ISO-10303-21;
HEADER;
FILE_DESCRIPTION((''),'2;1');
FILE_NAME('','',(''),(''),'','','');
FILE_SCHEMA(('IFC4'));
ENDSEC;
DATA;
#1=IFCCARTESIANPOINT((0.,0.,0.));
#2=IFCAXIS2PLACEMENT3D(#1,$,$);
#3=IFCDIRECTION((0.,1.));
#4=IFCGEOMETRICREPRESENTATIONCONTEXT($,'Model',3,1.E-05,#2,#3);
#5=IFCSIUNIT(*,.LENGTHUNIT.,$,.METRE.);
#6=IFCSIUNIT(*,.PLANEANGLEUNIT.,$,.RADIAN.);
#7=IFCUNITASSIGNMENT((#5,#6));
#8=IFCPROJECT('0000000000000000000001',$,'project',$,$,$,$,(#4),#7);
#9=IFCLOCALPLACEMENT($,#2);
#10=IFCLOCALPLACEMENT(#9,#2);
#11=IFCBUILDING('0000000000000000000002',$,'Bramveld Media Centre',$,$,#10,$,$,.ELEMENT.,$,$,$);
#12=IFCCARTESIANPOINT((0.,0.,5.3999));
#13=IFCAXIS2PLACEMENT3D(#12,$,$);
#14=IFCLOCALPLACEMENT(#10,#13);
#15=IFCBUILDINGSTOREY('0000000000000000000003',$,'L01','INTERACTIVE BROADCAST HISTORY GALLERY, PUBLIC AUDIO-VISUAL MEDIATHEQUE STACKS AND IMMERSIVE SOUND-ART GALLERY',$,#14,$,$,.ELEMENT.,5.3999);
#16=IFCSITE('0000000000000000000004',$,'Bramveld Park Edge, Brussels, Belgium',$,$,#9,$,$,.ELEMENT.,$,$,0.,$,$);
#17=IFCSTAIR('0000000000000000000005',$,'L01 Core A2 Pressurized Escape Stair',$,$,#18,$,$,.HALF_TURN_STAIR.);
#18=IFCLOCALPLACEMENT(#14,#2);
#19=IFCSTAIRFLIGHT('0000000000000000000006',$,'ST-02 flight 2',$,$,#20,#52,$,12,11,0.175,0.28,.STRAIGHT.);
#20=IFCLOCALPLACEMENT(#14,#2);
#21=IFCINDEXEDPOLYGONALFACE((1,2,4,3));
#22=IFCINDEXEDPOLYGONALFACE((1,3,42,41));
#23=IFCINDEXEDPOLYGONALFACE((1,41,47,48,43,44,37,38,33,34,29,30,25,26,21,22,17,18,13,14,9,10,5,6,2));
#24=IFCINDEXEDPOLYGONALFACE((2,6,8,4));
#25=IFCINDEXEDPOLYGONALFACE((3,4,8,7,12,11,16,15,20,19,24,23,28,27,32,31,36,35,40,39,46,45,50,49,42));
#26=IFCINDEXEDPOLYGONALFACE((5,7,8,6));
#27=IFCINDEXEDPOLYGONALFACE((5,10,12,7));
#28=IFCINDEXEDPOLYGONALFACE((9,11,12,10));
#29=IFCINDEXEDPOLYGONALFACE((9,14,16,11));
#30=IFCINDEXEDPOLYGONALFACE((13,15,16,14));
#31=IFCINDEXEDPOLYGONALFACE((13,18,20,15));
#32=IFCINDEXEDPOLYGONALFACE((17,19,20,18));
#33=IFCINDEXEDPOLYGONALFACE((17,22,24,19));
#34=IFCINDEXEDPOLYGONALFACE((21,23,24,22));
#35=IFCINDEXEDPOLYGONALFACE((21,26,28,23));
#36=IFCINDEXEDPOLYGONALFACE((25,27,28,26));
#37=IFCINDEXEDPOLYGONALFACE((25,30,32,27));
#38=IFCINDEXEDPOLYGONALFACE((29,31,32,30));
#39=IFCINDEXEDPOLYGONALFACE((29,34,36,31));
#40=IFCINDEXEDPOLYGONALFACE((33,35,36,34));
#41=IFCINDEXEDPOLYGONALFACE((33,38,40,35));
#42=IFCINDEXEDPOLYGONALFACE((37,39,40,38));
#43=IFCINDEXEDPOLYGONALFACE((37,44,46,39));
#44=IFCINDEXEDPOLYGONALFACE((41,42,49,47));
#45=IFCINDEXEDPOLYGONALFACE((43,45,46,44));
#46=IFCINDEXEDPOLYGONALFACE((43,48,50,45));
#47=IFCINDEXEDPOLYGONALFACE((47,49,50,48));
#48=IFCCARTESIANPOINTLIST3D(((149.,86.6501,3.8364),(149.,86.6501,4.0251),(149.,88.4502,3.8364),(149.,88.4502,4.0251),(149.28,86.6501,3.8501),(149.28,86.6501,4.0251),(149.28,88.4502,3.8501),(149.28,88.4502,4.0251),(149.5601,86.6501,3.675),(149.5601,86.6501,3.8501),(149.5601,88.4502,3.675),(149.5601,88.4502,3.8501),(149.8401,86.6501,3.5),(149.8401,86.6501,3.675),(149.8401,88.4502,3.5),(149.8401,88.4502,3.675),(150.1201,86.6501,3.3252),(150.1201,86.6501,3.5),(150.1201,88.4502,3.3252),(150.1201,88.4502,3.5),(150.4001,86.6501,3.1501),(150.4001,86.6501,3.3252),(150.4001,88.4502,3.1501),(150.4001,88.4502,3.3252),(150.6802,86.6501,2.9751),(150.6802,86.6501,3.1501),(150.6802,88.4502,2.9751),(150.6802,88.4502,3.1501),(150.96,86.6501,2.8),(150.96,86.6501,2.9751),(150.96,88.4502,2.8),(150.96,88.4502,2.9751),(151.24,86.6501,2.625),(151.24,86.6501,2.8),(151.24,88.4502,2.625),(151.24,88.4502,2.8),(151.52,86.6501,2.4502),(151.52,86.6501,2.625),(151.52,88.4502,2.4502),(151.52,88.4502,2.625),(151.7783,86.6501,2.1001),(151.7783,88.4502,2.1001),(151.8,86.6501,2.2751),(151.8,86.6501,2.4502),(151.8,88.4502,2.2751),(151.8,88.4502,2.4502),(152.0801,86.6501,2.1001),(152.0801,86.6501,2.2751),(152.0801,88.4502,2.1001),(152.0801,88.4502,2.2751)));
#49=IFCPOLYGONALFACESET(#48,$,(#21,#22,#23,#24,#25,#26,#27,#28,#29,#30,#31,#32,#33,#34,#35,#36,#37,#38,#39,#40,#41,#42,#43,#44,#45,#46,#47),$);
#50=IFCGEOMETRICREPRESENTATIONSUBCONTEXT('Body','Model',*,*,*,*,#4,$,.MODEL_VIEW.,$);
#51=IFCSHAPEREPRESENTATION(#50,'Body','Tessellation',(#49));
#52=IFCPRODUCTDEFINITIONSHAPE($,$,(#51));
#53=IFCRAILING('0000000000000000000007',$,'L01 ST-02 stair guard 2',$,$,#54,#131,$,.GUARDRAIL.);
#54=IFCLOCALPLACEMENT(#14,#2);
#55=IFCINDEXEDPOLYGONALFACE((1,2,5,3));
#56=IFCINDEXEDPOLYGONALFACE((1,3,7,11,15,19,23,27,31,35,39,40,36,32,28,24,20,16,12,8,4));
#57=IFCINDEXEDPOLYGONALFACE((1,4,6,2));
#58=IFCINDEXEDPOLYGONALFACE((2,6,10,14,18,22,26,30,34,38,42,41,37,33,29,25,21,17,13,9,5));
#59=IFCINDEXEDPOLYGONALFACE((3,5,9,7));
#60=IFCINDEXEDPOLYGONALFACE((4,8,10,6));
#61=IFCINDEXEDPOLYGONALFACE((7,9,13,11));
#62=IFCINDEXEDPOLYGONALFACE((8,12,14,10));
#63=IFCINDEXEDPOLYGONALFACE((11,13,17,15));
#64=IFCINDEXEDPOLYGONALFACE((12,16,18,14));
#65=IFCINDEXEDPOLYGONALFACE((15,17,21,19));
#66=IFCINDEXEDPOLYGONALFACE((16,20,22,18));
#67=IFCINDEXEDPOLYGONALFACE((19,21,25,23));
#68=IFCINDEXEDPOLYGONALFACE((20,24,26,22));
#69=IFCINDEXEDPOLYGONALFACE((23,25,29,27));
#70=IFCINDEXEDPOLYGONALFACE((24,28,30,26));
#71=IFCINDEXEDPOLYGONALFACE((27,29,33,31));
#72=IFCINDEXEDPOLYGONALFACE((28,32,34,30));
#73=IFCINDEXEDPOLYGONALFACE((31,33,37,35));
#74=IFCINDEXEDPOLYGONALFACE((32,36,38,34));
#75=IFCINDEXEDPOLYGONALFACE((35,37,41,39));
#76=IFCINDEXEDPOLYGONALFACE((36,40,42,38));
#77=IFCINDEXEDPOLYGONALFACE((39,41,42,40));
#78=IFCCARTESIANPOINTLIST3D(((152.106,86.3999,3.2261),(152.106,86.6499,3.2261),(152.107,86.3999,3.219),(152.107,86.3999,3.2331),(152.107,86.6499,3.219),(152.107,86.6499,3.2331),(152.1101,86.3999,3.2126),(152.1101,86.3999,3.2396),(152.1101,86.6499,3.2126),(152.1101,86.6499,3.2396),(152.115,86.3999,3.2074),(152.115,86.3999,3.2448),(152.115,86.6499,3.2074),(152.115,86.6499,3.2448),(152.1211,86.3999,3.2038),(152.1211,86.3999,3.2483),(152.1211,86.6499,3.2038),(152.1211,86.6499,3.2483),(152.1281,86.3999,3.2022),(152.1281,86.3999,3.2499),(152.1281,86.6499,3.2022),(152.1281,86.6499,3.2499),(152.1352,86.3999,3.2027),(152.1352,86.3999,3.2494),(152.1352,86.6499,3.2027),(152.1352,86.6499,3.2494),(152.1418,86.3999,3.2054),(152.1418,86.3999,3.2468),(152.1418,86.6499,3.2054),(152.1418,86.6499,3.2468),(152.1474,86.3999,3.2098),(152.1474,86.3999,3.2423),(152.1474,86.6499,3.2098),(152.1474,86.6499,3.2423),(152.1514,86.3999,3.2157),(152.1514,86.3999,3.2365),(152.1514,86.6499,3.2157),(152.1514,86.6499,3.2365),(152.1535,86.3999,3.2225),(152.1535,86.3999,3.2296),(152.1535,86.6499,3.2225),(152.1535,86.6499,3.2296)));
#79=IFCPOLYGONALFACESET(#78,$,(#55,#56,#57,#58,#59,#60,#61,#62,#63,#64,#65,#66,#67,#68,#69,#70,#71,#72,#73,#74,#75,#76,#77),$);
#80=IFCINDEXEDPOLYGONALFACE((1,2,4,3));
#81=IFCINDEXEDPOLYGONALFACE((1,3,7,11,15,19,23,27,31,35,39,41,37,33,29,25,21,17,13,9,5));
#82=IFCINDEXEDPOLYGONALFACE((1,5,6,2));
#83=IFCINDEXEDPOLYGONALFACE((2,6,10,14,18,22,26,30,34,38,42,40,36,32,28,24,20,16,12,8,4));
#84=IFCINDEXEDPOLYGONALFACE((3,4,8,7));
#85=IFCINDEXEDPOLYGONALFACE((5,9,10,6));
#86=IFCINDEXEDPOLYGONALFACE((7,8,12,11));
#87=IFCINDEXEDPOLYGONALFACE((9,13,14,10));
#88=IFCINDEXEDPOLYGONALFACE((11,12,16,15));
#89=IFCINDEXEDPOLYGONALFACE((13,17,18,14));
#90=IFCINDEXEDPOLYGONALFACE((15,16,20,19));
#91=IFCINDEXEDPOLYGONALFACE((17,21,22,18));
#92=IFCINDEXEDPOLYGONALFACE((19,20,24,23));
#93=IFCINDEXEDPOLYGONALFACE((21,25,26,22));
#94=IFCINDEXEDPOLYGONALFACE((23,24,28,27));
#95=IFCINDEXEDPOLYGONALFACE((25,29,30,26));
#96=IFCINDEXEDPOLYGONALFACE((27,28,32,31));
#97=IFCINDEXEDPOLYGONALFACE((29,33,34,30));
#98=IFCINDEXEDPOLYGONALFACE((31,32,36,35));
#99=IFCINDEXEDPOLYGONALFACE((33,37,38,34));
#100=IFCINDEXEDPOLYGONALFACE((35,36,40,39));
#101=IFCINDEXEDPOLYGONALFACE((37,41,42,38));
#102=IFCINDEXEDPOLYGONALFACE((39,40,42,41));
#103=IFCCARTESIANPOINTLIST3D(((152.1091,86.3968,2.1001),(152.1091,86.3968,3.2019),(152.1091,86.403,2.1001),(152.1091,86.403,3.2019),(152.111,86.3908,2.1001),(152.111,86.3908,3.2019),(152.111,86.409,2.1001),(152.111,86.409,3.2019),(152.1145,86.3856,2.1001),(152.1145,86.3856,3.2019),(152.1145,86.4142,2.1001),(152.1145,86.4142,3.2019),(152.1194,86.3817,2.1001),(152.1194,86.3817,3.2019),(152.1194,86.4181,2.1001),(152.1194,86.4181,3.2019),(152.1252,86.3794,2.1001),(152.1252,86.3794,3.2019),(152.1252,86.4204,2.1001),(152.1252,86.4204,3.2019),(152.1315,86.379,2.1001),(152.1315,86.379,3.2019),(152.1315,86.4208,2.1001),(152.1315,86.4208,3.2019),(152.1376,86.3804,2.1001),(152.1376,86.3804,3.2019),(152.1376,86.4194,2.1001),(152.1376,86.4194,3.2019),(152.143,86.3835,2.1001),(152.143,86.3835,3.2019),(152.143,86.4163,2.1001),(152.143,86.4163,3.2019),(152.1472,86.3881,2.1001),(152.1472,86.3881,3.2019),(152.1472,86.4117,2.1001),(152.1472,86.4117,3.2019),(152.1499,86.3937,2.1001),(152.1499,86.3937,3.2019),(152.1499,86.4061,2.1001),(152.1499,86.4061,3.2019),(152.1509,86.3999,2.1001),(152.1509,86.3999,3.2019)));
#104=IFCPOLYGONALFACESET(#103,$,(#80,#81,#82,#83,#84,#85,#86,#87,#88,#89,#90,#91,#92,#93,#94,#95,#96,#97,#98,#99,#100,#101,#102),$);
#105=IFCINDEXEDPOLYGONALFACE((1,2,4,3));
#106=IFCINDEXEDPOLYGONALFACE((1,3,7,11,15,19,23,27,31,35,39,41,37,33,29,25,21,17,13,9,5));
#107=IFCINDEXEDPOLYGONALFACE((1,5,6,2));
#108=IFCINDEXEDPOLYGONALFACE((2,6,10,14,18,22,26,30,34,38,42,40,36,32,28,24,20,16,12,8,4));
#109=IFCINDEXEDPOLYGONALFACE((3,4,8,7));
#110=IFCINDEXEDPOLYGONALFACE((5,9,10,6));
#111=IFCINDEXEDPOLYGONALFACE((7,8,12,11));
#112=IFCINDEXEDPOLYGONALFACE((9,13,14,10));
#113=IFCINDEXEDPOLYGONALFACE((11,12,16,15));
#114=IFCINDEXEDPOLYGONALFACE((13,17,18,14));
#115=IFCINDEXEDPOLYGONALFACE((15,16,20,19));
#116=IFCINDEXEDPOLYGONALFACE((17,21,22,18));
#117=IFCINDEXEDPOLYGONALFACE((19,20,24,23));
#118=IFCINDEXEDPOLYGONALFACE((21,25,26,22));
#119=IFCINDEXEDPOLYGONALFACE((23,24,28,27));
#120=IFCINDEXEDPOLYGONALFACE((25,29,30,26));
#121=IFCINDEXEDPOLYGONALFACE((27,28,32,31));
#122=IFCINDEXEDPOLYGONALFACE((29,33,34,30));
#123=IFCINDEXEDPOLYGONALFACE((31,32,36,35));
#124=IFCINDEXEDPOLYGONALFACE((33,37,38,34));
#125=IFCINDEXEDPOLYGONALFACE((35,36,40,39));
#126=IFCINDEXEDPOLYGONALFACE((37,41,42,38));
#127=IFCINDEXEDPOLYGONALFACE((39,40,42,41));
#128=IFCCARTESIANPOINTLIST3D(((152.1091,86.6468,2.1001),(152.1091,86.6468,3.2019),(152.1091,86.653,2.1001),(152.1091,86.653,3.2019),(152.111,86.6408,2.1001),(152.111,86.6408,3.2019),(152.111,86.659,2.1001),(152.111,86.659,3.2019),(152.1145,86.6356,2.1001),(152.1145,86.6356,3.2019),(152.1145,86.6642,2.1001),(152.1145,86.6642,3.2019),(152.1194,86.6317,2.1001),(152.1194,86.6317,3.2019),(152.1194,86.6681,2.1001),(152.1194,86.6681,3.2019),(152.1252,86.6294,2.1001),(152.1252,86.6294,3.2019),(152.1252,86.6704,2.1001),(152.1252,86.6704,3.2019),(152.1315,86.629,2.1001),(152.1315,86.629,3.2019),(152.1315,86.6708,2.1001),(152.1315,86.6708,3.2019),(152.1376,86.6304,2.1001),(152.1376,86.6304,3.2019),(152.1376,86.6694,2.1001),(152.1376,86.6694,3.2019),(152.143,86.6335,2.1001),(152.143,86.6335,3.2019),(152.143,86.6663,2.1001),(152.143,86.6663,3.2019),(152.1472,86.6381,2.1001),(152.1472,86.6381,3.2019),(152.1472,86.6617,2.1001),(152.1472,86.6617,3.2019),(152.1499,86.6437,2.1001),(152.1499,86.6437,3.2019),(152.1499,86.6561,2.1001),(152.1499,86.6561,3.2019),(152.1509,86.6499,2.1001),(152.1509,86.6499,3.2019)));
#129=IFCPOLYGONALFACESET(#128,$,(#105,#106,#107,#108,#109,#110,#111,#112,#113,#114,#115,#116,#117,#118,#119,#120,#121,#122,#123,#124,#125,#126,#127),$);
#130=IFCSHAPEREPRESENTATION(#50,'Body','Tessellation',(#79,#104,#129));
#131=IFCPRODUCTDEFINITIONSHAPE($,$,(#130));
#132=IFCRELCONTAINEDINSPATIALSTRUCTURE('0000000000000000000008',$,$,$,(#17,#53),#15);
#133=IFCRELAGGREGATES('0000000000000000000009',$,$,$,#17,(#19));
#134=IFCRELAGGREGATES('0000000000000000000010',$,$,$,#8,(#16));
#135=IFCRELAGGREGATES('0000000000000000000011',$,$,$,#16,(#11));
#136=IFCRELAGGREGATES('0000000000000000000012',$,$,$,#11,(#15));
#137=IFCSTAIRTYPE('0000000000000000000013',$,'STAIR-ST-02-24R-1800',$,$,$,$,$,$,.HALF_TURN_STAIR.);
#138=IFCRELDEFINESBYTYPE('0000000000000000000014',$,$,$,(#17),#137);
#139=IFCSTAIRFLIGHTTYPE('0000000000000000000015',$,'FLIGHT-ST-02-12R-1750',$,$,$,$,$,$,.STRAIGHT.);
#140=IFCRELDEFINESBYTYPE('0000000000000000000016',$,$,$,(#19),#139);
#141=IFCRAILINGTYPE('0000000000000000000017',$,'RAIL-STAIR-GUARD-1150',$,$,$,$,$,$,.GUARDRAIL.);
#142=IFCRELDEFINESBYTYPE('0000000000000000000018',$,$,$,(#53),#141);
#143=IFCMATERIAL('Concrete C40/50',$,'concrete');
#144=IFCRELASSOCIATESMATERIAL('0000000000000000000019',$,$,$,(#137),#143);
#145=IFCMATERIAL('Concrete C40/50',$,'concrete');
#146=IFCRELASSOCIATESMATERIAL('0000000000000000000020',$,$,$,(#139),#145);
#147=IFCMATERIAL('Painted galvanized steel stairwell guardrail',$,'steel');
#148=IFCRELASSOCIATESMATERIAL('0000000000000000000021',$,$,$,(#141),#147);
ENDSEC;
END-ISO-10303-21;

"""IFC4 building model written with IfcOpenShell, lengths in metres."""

from ifc_helpers import new_model, si_unit, direction, frame, origin, origin_2d, place, context, subcontext, project, spatial, polyline, circle, outline, extrude, material, type_object, element, aggregate, save


model = new_model("IFC4")

# Units and contexts
model_context = context("Model", 3, precision=1e-05, world=origin(), true_north=direction((0.0, 1.0)))
body_context = subcontext(model_context, "Body", "Model", "MODEL_VIEW")
ifc_project = project(units=[si_unit("LENGTHUNIT", "METRE"), si_unit("PLANEANGLEUNIT", "RADIAN")], contexts=[model_context])

# Site, building, storey
site_placement = place(None, origin())
site = spatial("IfcSite", under=ifc_project, at=site_placement, Name="Bramveld Park Edge, Brussels, Belgium", CompositionType="ELEMENT", RefElevation=0.0)
building_placement = place(site_placement, origin())
building = spatial("IfcBuilding", under=site, at=building_placement, Name="Bramveld Media Centre", CompositionType="ELEMENT")
storey_placement = place(building_placement, frame((0.0, 0.0, 5.3999)))
storey = spatial("IfcBuildingStorey", under=building, at=storey_placement, Name="L01", Description="INTERACTIVE BROADCAST HISTORY GALLERY, PUBLIC AUDIO-VISUAL MEDIATHEQUE STACKS AND IMMERSIVE SOUND-ART GALLERY", CompositionType="ELEMENT", Elevation=5.3999)

# Stair, stair flight
ifc_material_1 = material(Name="Concrete C40/50", Category="concrete")
stair_type = type_object("IfcStairType", Name="STAIR-ST-02-24R-1800", PredefinedType="HALF_TURN_STAIR", material=ifc_material_1)
stair_placement = place(storey_placement, origin())
stair = element("IfcStair", 1, at=stair_placement, inside=storey, type_object=stair_type, Name="L01 Core A2 Pressurized Escape Stair", PredefinedType="HALF_TURN_STAIR")
ifc_material_2 = material(Name="Concrete C40/50", Category="concrete")
stair_flight_type = type_object("IfcStairFlightType", Name="FLIGHT-ST-02-12R-1750", PredefinedType="STRAIGHT", material=ifc_material_2)
stair_flight_placement = place(storey_placement, frame((152.0801, 87.55, 2.1001), z_axis=(0.0, 0.0, 1.0), x_axis=(-1.0, 0.0, 0.0)))
stair_flight = element("IfcStairFlight", 2, at=stair_flight_placement, type_object=stair_flight_type, Name="ST-02 flight 2", NumberOfRisers=12, NumberOfTreads=11, PredefinedType="STRAIGHT", RiserHeight=0.175, TreadLength=0.28, context=body_context, shape_type="SweptSolid", body=[
    extrude(outline(polyline([(0.0, 0.0), (0.0, 0.175), (0.28, 0.175), (0.28, 0.3501), (0.5601, 0.3501), (0.5601, 0.5249), (0.8401, 0.5249), (0.8401, 0.7), (1.1201, 0.7), (1.1201, 0.875), (1.3999, 0.875), (1.3999, 1.05), (1.6799, 1.05), (1.6799, 1.2251), (1.96, 1.2251), (1.96, 1.3999), (2.24, 1.3999), (2.24, 1.575), (2.52, 1.575), (2.52, 1.75), (2.8, 1.75), (2.8, 1.925), (3.0801, 1.925), (3.0801, 2.1001), (3.0801, 1.7363), (0.3018, 0.0), (0.0, 0.0)])), frame((0.0, 0.8999, 0.0), z_axis=(0.0, -1.0, 0.0), x_axis=(1.0, 0.0, 0.0)), (0.0, 0.0, 1.0), 1.8),
])
aggregate(stair, [stair_flight])

# Railing
ifc_material_3 = material(Name="Painted galvanized steel stairwell guardrail", Category="steel")
railing_type_1 = type_object("IfcRailingType", Name="RAIL-STAIR-GUARD-1150", PredefinedType="GUARDRAIL", material=ifc_material_3)
railing_1_placement = place(storey_placement, frame((152.1299, 86.3999, 2.1001)))
element("IfcRailing", 3, at=railing_1_placement, inside=storey, type_object=railing_type_1, Name="L01 ST-02 stair guard 2", PredefinedType="GUARDRAIL", context=body_context, shape_type="SweptSolid", body=[
    extrude(circle(Radius=0.0239, at=origin_2d()), frame((0.0, 0.0, 1.126), z_axis=(0.0, 1.0, 0.0), x_axis=(-1.0, 0.0, 0.0)), (0.0, 0.0, 1.0), 0.25),
    extrude(circle(Radius=0.021, at=origin_2d()), origin(), (0.0, 0.0, 1.0), 1.1018),
    extrude(circle(Radius=0.021, at=origin_2d()), frame((0.0, 0.25, 0.0)), (0.0, 0.0, 1.0), 1.1018),
])

save(model, "model.ifc")
